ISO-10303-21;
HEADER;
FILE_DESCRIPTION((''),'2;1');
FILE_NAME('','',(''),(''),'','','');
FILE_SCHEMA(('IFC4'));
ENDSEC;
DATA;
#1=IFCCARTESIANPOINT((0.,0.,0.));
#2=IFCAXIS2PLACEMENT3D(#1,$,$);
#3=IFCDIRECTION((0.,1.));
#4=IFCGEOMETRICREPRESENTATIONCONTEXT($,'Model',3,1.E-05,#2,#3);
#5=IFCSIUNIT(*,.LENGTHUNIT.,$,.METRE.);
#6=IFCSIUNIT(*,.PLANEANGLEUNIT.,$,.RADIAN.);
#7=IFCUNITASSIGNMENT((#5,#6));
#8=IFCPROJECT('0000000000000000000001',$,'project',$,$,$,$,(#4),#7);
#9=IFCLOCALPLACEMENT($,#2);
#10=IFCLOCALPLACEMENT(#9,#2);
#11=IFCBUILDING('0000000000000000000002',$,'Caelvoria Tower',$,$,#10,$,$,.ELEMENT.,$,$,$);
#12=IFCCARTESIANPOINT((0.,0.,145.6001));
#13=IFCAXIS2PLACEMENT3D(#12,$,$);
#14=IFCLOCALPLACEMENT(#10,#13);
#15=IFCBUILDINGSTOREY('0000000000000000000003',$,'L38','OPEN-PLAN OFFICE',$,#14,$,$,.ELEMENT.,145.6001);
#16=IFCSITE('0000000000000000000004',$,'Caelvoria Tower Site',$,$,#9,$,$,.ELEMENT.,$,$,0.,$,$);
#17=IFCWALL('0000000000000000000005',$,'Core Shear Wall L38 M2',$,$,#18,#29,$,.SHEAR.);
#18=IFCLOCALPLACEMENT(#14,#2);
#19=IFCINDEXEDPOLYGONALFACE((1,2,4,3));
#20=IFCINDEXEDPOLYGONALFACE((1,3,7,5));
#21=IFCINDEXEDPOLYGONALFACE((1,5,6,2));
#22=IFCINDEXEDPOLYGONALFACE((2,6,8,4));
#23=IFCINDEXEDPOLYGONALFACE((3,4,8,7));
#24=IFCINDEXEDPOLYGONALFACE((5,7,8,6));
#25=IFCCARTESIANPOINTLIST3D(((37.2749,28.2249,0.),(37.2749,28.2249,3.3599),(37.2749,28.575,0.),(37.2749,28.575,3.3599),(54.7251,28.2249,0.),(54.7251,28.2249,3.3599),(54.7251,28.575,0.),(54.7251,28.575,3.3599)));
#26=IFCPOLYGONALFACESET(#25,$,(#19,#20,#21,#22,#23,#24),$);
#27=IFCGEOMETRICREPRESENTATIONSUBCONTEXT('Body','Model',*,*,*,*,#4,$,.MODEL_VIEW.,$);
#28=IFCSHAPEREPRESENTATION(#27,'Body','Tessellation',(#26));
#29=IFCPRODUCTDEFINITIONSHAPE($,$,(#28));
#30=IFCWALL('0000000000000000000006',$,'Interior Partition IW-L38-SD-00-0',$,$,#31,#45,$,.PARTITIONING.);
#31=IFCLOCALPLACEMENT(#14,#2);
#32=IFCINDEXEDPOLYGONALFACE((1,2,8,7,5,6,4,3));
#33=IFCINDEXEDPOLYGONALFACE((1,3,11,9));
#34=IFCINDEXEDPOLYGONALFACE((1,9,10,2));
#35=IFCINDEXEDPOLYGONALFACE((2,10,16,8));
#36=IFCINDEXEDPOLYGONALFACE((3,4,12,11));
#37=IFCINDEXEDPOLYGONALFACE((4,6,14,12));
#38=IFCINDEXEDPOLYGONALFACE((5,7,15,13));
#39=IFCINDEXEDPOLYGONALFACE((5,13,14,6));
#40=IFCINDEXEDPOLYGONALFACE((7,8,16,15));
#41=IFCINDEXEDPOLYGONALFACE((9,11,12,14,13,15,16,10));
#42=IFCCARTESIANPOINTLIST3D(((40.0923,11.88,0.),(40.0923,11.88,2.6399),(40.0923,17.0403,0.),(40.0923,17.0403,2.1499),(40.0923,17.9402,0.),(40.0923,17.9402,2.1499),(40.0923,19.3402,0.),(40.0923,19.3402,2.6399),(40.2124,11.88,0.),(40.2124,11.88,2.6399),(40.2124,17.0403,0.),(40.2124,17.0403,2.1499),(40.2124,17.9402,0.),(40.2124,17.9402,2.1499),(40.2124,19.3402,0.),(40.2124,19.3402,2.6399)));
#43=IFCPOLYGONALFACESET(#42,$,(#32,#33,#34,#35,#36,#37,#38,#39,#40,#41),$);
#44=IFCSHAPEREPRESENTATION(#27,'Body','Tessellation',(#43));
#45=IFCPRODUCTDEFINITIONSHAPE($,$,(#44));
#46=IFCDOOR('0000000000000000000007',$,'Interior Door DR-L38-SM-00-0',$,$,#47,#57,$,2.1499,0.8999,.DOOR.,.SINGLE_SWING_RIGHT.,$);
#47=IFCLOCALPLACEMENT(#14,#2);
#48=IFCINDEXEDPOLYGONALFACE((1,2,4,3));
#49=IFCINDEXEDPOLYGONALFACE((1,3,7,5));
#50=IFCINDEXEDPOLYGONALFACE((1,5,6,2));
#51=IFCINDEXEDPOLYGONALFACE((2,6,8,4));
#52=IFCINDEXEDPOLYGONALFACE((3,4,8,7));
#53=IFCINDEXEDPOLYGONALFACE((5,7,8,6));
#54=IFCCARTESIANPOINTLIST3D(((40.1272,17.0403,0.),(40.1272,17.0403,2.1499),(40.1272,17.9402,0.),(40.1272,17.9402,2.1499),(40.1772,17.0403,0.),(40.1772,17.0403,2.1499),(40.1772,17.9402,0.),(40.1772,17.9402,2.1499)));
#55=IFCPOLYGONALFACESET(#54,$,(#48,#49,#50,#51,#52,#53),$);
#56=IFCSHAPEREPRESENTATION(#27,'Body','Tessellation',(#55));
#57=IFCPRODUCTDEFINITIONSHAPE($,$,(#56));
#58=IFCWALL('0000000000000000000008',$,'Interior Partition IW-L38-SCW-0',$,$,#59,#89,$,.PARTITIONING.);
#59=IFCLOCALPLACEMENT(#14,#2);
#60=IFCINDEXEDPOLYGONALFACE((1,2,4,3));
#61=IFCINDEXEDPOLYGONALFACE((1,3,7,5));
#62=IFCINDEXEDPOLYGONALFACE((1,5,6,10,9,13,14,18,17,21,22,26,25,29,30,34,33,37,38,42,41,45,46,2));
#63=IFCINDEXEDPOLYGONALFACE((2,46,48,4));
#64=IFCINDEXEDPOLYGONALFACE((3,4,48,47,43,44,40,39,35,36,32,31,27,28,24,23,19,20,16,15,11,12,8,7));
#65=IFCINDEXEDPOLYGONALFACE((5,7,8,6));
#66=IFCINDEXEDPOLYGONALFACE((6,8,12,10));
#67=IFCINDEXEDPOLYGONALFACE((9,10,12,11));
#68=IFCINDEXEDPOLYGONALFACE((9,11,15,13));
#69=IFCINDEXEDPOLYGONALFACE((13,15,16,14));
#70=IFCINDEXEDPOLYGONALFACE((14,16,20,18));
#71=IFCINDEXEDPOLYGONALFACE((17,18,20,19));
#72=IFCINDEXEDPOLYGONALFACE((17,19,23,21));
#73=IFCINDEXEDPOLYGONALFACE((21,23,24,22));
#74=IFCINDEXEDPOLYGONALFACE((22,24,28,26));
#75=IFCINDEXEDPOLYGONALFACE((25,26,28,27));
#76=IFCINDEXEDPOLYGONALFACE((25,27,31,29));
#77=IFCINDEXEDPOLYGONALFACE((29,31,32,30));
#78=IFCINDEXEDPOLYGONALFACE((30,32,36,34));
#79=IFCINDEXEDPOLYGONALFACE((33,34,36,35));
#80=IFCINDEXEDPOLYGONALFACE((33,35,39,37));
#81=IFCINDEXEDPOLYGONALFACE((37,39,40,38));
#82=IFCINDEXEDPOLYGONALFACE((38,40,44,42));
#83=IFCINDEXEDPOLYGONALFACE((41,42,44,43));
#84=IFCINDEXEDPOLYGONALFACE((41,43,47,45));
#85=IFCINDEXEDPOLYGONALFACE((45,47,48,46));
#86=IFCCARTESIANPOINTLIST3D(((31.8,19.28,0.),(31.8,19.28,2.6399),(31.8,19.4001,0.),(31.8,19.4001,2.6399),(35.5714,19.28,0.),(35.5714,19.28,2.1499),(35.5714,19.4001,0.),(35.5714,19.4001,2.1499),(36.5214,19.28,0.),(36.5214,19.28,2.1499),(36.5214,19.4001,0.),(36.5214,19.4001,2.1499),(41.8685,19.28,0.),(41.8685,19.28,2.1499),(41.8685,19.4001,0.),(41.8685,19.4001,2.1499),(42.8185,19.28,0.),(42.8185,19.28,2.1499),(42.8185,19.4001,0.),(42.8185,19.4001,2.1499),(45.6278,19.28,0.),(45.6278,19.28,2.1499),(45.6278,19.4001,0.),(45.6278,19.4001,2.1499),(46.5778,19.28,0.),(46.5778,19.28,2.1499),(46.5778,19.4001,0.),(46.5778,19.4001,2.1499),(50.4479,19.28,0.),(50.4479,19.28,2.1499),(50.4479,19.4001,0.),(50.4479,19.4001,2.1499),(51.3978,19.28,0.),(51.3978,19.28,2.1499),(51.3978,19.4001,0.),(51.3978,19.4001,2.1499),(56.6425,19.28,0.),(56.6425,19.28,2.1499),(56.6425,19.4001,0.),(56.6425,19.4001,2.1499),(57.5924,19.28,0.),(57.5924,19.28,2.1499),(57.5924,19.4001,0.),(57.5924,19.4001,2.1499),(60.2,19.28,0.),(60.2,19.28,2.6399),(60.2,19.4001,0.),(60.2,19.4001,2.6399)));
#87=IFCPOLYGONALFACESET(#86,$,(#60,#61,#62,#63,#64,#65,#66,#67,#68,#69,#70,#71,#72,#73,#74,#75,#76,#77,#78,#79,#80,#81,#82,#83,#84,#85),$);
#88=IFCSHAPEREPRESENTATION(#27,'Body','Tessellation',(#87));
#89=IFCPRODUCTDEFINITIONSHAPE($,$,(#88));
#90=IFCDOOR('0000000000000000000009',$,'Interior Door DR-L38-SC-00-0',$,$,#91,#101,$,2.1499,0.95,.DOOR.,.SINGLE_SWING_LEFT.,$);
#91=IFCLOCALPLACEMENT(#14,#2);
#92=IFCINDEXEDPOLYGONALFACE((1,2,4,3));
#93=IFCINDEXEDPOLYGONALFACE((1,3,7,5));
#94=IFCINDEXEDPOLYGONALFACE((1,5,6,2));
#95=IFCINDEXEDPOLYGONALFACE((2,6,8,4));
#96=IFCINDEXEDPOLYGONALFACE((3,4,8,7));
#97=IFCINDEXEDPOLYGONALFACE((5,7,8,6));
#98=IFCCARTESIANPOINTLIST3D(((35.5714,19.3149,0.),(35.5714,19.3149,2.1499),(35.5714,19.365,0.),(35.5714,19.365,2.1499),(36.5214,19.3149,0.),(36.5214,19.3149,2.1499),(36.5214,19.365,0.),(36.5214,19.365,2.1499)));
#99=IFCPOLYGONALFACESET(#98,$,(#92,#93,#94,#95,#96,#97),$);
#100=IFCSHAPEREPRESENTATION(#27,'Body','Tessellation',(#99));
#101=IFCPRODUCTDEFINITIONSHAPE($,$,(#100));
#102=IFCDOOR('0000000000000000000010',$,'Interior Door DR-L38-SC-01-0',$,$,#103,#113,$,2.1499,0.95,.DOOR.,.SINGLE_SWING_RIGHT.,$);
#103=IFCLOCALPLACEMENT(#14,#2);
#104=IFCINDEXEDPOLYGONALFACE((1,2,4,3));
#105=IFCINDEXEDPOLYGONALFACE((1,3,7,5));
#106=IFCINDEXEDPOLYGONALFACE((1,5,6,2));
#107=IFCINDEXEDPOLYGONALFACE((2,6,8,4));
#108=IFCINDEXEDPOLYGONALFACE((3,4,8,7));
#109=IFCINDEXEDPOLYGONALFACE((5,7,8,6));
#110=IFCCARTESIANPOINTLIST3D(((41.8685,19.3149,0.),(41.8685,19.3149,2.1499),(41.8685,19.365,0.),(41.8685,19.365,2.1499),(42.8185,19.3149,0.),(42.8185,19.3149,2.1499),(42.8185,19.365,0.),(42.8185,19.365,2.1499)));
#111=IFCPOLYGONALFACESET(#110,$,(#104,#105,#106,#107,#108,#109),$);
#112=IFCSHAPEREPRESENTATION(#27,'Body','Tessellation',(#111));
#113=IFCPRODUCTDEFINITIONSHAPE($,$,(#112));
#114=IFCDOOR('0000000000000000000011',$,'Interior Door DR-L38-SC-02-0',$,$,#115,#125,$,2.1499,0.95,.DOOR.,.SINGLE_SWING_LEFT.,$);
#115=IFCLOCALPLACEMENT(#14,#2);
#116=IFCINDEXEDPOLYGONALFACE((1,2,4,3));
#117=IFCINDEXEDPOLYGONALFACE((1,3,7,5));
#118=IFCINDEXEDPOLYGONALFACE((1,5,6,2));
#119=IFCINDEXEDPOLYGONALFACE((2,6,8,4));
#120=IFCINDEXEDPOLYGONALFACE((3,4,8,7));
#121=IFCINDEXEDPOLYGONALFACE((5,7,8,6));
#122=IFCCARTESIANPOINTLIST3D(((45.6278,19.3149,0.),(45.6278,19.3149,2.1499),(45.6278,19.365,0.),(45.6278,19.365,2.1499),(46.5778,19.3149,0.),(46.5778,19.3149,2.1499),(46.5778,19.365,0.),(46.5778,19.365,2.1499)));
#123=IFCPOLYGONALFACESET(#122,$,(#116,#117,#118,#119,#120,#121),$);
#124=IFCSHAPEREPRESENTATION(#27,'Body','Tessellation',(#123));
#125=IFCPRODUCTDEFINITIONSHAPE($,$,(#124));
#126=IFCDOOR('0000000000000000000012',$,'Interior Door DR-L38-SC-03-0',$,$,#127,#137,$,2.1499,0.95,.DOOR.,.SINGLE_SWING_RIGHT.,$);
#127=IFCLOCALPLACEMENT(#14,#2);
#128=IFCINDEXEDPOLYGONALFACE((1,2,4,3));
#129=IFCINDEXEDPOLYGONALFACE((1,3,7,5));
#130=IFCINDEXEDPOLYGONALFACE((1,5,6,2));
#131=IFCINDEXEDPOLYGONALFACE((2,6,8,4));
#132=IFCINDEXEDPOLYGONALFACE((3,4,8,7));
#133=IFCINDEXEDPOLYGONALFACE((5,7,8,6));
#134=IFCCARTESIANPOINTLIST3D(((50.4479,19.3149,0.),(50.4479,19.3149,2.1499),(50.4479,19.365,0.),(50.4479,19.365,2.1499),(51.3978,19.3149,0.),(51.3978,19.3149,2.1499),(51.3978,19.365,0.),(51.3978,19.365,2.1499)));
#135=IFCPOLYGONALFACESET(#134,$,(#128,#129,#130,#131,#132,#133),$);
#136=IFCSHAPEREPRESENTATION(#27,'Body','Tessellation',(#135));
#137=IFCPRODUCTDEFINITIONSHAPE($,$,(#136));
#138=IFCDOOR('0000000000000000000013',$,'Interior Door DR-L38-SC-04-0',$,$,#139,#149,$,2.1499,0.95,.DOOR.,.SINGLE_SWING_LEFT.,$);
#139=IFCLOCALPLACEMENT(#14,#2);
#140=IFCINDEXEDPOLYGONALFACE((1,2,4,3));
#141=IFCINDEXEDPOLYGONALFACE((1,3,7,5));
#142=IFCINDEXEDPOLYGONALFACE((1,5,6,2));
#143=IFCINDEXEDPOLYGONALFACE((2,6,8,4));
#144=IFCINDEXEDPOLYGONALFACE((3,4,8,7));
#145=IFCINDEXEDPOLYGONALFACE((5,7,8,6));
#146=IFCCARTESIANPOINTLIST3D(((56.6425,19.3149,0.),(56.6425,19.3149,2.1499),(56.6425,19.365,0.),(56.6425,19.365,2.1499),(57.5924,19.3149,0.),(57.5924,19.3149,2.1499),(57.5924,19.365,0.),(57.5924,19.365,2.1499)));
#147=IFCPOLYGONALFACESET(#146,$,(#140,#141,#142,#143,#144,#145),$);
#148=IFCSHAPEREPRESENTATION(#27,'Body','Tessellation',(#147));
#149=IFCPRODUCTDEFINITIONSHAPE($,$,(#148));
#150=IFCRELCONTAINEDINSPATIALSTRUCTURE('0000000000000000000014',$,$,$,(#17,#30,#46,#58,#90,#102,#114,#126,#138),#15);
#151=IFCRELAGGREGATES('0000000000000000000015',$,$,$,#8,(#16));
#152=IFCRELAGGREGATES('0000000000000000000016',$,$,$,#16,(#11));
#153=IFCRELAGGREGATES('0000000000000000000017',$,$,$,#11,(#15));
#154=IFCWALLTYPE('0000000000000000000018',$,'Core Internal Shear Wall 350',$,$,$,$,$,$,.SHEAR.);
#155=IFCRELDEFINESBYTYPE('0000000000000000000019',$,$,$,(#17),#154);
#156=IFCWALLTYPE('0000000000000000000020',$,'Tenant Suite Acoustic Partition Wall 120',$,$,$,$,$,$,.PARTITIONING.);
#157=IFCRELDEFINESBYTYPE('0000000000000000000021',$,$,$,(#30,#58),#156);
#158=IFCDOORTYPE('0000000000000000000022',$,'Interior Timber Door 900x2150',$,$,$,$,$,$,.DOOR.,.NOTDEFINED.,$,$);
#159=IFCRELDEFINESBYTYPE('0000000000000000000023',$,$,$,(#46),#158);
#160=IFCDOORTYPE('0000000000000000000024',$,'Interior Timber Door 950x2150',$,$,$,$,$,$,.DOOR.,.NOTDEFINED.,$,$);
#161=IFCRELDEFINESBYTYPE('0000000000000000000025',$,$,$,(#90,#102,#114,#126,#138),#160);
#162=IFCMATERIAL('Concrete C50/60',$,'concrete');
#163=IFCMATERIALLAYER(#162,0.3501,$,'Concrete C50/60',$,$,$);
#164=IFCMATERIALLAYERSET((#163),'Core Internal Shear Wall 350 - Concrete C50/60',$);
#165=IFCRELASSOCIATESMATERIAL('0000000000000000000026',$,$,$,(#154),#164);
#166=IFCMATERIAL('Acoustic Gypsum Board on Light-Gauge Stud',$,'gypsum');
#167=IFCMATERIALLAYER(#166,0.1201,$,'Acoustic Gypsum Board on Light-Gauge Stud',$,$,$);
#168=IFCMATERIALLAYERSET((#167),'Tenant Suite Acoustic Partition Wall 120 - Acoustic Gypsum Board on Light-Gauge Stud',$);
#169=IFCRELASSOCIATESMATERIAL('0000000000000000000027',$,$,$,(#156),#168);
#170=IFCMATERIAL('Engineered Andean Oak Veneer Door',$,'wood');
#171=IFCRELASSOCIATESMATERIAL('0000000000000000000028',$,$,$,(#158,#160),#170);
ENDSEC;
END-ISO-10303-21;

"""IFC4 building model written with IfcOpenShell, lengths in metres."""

from ifc_helpers import new_model, si_unit, direction, frame, frame_2d, origin, place, context, subcontext, project, spatial, rectangle, extrude, material, layer, layer_set, type_object, element, fill, save


model = new_model("IFC4")

# Units and contexts
model_context = context("Model", 3, precision=1e-05, world=origin(), true_north=direction((0.0, 1.0)))
body_context = subcontext(model_context, "Body", "Model", "MODEL_VIEW")
ifc_project = project(units=[si_unit("LENGTHUNIT", "METRE"), si_unit("PLANEANGLEUNIT", "RADIAN")], contexts=[model_context])

# Site, building, storey
site_placement = place(None, origin())
site = spatial("IfcSite", under=ifc_project, at=site_placement, Name="Caelvoria Tower Site", CompositionType="ELEMENT", RefElevation=0.0)
building_placement = place(site_placement, origin())
building = spatial("IfcBuilding", under=site, at=building_placement, Name="Caelvoria Tower", CompositionType="ELEMENT")
storey_placement = place(building_placement, frame((0.0, 0.0, 145.6001)))
storey = spatial("IfcBuildingStorey", under=building, at=storey_placement, Name="L38", Description="OPEN-PLAN OFFICE", CompositionType="ELEMENT", Elevation=145.6001)

# Wall
ifc_material_1 = material(Name="Concrete C50/60", Category="concrete")
ifc_layer_1 = layer(ifc_material_1, 0.3501, Name="Concrete C50/60")
ifc_layer_set_1 = layer_set([ifc_layer_1], Name="Core Internal Shear Wall 350 - Concrete C50/60")
wall_type_1 = type_object("IfcWallType", Name="Core Internal Shear Wall 350", PredefinedType="SHEAR", material=ifc_layer_set_1)
wall_1_placement = place(storey_placement, frame((37.2749, 28.3999, 0.0), z_axis=(0.0, 0.0, 1.0), x_axis=(1.0, 0.0, 0.0)))
element("IfcWall", 1, at=wall_1_placement, inside=storey, type_object=wall_type_1, Name="Core Shear Wall L38 M2", PredefinedType="SHEAR", context=body_context, shape_type="SweptSolid", body=[
    extrude(rectangle(XDim=17.4502, YDim=0.3501, at=frame_2d((8.7251, 0.0))), origin(), (0.0, 0.0, 1.0), 3.3599),
])

# Wall, opening, door
ifc_material_2 = material(Name="Acoustic Gypsum Board on Light-Gauge Stud", Category="gypsum")
ifc_layer_2 = layer(ifc_material_2, 0.1201, Name="Acoustic Gypsum Board on Light-Gauge Stud")
ifc_layer_set_2 = layer_set([ifc_layer_2], Name="Tenant Suite Acoustic Partition Wall 120 - Acoustic Gypsum Board on Light-Gauge Stud")
wall_type_2 = type_object("IfcWallType", Name="Tenant Suite Acoustic Partition Wall 120", PredefinedType="PARTITIONING", material=ifc_layer_set_2)
wall_2_placement = place(storey_placement, frame((40.1523, 19.3401, 0.0), z_axis=(0.0, 0.0, 1.0), x_axis=(0.0, -1.0, 0.0)))
wall_2 = element("IfcWall", 2, at=wall_2_placement, inside=storey, type_object=wall_type_2, Name="Interior Partition IW-L38-SD-00-0", PredefinedType="PARTITIONING", context=body_context, shape_type="SweptSolid", body=[
    extrude(rectangle(XDim=7.4602, YDim=0.1201, at=frame_2d((3.73, 0.0))), origin(), (0.0, 0.0, 1.0), 2.6399),
])
opening_1_placement = place(wall_2_placement, frame((1.3999, 0.0, 0.0)))
opening_1 = element("IfcOpeningElement", 3, at=opening_1_placement, cuts=wall_2, PredefinedType="OPENING", context=body_context, shape_type="SweptSolid", body=[
    extrude(rectangle(XDim=0.8999, YDim=2.1499, at=frame_2d((0.45, 1.075))), frame((0.0, 0.0701, 0.0), z_axis=(0.0, -1.0, 0.0), x_axis=(1.0, 0.0, 0.0)), (0.0, 0.0, 1.0), 0.1401),
])
ifc_material_3 = material(Name="Engineered Andean Oak Veneer Door", Category="wood")
door_type_1 = type_object("IfcDoorType", Name="Interior Timber Door 900x2150", OperationType="NOTDEFINED", PredefinedType="DOOR", material=ifc_material_3)
door_1_placement = place(opening_1_placement, origin())
door_1 = element("IfcDoor", 4, at=door_1_placement, inside=storey, type_object=door_type_1, Name="Interior Door DR-L38-SM-00-0", OperationType="SINGLE_SWING_RIGHT", OverallHeight=2.1499, OverallWidth=0.8999, PredefinedType="DOOR", context=body_context, shape_type="SweptSolid", body=[
    extrude(rectangle(XDim=0.8999, YDim=2.1499, at=frame_2d((0.45, 1.075))), frame((0.0, 0.0249, 0.0), z_axis=(0.0, -1.0, 0.0), x_axis=(1.0, 0.0, 0.0)), (0.0, 0.0, 1.0), 0.05),
])
fill(opening_1, door_1)

# Wall, openings, doors
wall_3_placement = place(storey_placement, frame((31.8, 19.3401, 0.0), z_axis=(0.0, 0.0, 1.0), x_axis=(1.0, 0.0, 0.0)))
wall_3 = element("IfcWall", 5, at=wall_3_placement, inside=storey, type_object=wall_type_2, Name="Interior Partition IW-L38-SCW-0", PredefinedType="PARTITIONING", context=body_context, shape_type="SweptSolid", body=[
    extrude(rectangle(XDim=28.3999, YDim=0.1201, at=frame_2d((14.2, 0.0))), origin(), (0.0, 0.0, 1.0), 2.6399),
])
opening_2_placement = place(wall_3_placement, frame((3.7712, 0.0, 0.0)))
opening_2 = element("IfcOpeningElement", 6, at=opening_2_placement, cuts=wall_3, PredefinedType="OPENING", context=body_context, shape_type="SweptSolid", body=[
    extrude(rectangle(XDim=0.95, YDim=2.1499, at=frame_2d((0.4751, 1.075))), frame((0.0, 0.0701, 0.0), z_axis=(0.0, -1.0, 0.0), x_axis=(1.0, 0.0, 0.0)), (0.0, 0.0, 1.0), 0.1401),
])
opening_3_placement = place(wall_3_placement, frame((10.0684, 0.0, 0.0)))
opening_3 = element("IfcOpeningElement", 7, at=opening_3_placement, cuts=wall_3, PredefinedType="OPENING", context=body_context, shape_type="SweptSolid", body=[
    extrude(rectangle(XDim=0.95, YDim=2.1499, at=frame_2d((0.4751, 1.075))), frame((0.0, 0.0701, 0.0), z_axis=(0.0, -1.0, 0.0), x_axis=(1.0, 0.0, 0.0)), (0.0, 0.0, 1.0), 0.1401),
])
opening_4_placement = place(wall_3_placement, frame((13.8276, 0.0, 0.0)))
opening_4 = element("IfcOpeningElement", 8, at=opening_4_placement, cuts=wall_3, PredefinedType="OPENING", context=body_context, shape_type="SweptSolid", body=[
    extrude(rectangle(XDim=0.95, YDim=2.1499, at=frame_2d((0.4751, 1.075))), frame((0.0, 0.0701, 0.0), z_axis=(0.0, -1.0, 0.0), x_axis=(1.0, 0.0, 0.0)), (0.0, 0.0, 1.0), 0.1401),
])
opening_5_placement = place(wall_3_placement, frame((18.6477, 0.0, 0.0)))
opening_5 = element("IfcOpeningElement", 9, at=opening_5_placement, cuts=wall_3, PredefinedType="OPENING", context=body_context, shape_type="SweptSolid", body=[
    extrude(rectangle(XDim=0.95, YDim=2.1499, at=frame_2d((0.4751, 1.075))), frame((0.0, 0.0701, 0.0), z_axis=(0.0, -1.0, 0.0), x_axis=(1.0, 0.0, 0.0)), (0.0, 0.0, 1.0), 0.1401),
])
opening_6_placement = place(wall_3_placement, frame((24.8423, 0.0, 0.0)))
opening_6 = element("IfcOpeningElement", 10, at=opening_6_placement, cuts=wall_3, PredefinedType="OPENING", context=body_context, shape_type="SweptSolid", body=[
    extrude(rectangle(XDim=0.95, YDim=2.1499, at=frame_2d((0.4751, 1.075))), frame((0.0, 0.0701, 0.0), z_axis=(0.0, -1.0, 0.0), x_axis=(1.0, 0.0, 0.0)), (0.0, 0.0, 1.0), 0.1401),
])
door_type_2 = type_object("IfcDoorType", Name="Interior Timber Door 950x2150", OperationType="NOTDEFINED", PredefinedType="DOOR", material=ifc_material_3)
door_2_placement = place(opening_2_placement, origin())
door_2 = element("IfcDoor", 11, at=door_2_placement, inside=storey, type_object=door_type_2, Name="Interior Door DR-L38-SC-00-0", OperationType="SINGLE_SWING_LEFT", OverallHeight=2.1499, OverallWidth=0.95, PredefinedType="DOOR", context=body_context, shape_type="SweptSolid", body=[
    extrude(rectangle(XDim=0.95, YDim=2.1499, at=frame_2d((0.4751, 1.075))), frame((0.0, 0.0249, 0.0), z_axis=(0.0, -1.0, 0.0), x_axis=(1.0, 0.0, 0.0)), (0.0, 0.0, 1.0), 0.05),
])
fill(opening_2, door_2)
door_3_placement = place(opening_3_placement, origin())
door_3 = element("IfcDoor", 12, at=door_3_placement, inside=storey, type_object=door_type_2, Name="Interior Door DR-L38-SC-01-0", OperationType="SINGLE_SWING_RIGHT", OverallHeight=2.1499, OverallWidth=0.95, PredefinedType="DOOR", context=body_context, shape_type="SweptSolid", body=[
    extrude(rectangle(XDim=0.95, YDim=2.1499, at=frame_2d((0.4751, 1.075))), frame((0.0, 0.0249, 0.0), z_axis=(0.0, -1.0, 0.0), x_axis=(1.0, 0.0, 0.0)), (0.0, 0.0, 1.0), 0.05),
])
fill(opening_3, door_3)
door_4_placement = place(opening_4_placement, origin())
door_4 = element("IfcDoor", 13, at=door_4_placement, inside=storey, type_object=door_type_2, Name="Interior Door DR-L38-SC-02-0", OperationType="SINGLE_SWING_LEFT", OverallHeight=2.1499, OverallWidth=0.95, PredefinedType="DOOR", context=body_context, shape_type="SweptSolid", body=[
    extrude(rectangle(XDim=0.95, YDim=2.1499, at=frame_2d((0.4751, 1.075))), frame((0.0, 0.0249, 0.0), z_axis=(0.0, -1.0, 0.0), x_axis=(1.0, 0.0, 0.0)), (0.0, 0.0, 1.0), 0.05),
])
fill(opening_4, door_4)
door_5_placement = place(opening_5_placement, origin())
door_5 = element("IfcDoor", 14, at=door_5_placement, inside=storey, type_object=door_type_2, Name="Interior Door DR-L38-SC-03-0", OperationType="SINGLE_SWING_RIGHT", OverallHeight=2.1499, OverallWidth=0.95, PredefinedType="DOOR", context=body_context, shape_type="SweptSolid", body=[
    extrude(rectangle(XDim=0.95, YDim=2.1499, at=frame_2d((0.4751, 1.075))), frame((0.0, 0.0249, 0.0), z_axis=(0.0, -1.0, 0.0), x_axis=(1.0, 0.0, 0.0)), (0.0, 0.0, 1.0), 0.05),
])
fill(opening_5, door_5)
door_6_placement = place(opening_6_placement, origin())
door_6 = element("IfcDoor", 15, at=door_6_placement, inside=storey, type_object=door_type_2, Name="Interior Door DR-L38-SC-04-0", OperationType="SINGLE_SWING_LEFT", OverallHeight=2.1499, OverallWidth=0.95, PredefinedType="DOOR", context=body_context, shape_type="SweptSolid", body=[
    extrude(rectangle(XDim=0.95, YDim=2.1499, at=frame_2d((0.4751, 1.075))), frame((0.0, 0.0249, 0.0), z_axis=(0.0, -1.0, 0.0), x_axis=(1.0, 0.0, 0.0)), (0.0, 0.0, 1.0), 0.05),
])
fill(opening_6, door_6)

save(model, "model.ifc")
